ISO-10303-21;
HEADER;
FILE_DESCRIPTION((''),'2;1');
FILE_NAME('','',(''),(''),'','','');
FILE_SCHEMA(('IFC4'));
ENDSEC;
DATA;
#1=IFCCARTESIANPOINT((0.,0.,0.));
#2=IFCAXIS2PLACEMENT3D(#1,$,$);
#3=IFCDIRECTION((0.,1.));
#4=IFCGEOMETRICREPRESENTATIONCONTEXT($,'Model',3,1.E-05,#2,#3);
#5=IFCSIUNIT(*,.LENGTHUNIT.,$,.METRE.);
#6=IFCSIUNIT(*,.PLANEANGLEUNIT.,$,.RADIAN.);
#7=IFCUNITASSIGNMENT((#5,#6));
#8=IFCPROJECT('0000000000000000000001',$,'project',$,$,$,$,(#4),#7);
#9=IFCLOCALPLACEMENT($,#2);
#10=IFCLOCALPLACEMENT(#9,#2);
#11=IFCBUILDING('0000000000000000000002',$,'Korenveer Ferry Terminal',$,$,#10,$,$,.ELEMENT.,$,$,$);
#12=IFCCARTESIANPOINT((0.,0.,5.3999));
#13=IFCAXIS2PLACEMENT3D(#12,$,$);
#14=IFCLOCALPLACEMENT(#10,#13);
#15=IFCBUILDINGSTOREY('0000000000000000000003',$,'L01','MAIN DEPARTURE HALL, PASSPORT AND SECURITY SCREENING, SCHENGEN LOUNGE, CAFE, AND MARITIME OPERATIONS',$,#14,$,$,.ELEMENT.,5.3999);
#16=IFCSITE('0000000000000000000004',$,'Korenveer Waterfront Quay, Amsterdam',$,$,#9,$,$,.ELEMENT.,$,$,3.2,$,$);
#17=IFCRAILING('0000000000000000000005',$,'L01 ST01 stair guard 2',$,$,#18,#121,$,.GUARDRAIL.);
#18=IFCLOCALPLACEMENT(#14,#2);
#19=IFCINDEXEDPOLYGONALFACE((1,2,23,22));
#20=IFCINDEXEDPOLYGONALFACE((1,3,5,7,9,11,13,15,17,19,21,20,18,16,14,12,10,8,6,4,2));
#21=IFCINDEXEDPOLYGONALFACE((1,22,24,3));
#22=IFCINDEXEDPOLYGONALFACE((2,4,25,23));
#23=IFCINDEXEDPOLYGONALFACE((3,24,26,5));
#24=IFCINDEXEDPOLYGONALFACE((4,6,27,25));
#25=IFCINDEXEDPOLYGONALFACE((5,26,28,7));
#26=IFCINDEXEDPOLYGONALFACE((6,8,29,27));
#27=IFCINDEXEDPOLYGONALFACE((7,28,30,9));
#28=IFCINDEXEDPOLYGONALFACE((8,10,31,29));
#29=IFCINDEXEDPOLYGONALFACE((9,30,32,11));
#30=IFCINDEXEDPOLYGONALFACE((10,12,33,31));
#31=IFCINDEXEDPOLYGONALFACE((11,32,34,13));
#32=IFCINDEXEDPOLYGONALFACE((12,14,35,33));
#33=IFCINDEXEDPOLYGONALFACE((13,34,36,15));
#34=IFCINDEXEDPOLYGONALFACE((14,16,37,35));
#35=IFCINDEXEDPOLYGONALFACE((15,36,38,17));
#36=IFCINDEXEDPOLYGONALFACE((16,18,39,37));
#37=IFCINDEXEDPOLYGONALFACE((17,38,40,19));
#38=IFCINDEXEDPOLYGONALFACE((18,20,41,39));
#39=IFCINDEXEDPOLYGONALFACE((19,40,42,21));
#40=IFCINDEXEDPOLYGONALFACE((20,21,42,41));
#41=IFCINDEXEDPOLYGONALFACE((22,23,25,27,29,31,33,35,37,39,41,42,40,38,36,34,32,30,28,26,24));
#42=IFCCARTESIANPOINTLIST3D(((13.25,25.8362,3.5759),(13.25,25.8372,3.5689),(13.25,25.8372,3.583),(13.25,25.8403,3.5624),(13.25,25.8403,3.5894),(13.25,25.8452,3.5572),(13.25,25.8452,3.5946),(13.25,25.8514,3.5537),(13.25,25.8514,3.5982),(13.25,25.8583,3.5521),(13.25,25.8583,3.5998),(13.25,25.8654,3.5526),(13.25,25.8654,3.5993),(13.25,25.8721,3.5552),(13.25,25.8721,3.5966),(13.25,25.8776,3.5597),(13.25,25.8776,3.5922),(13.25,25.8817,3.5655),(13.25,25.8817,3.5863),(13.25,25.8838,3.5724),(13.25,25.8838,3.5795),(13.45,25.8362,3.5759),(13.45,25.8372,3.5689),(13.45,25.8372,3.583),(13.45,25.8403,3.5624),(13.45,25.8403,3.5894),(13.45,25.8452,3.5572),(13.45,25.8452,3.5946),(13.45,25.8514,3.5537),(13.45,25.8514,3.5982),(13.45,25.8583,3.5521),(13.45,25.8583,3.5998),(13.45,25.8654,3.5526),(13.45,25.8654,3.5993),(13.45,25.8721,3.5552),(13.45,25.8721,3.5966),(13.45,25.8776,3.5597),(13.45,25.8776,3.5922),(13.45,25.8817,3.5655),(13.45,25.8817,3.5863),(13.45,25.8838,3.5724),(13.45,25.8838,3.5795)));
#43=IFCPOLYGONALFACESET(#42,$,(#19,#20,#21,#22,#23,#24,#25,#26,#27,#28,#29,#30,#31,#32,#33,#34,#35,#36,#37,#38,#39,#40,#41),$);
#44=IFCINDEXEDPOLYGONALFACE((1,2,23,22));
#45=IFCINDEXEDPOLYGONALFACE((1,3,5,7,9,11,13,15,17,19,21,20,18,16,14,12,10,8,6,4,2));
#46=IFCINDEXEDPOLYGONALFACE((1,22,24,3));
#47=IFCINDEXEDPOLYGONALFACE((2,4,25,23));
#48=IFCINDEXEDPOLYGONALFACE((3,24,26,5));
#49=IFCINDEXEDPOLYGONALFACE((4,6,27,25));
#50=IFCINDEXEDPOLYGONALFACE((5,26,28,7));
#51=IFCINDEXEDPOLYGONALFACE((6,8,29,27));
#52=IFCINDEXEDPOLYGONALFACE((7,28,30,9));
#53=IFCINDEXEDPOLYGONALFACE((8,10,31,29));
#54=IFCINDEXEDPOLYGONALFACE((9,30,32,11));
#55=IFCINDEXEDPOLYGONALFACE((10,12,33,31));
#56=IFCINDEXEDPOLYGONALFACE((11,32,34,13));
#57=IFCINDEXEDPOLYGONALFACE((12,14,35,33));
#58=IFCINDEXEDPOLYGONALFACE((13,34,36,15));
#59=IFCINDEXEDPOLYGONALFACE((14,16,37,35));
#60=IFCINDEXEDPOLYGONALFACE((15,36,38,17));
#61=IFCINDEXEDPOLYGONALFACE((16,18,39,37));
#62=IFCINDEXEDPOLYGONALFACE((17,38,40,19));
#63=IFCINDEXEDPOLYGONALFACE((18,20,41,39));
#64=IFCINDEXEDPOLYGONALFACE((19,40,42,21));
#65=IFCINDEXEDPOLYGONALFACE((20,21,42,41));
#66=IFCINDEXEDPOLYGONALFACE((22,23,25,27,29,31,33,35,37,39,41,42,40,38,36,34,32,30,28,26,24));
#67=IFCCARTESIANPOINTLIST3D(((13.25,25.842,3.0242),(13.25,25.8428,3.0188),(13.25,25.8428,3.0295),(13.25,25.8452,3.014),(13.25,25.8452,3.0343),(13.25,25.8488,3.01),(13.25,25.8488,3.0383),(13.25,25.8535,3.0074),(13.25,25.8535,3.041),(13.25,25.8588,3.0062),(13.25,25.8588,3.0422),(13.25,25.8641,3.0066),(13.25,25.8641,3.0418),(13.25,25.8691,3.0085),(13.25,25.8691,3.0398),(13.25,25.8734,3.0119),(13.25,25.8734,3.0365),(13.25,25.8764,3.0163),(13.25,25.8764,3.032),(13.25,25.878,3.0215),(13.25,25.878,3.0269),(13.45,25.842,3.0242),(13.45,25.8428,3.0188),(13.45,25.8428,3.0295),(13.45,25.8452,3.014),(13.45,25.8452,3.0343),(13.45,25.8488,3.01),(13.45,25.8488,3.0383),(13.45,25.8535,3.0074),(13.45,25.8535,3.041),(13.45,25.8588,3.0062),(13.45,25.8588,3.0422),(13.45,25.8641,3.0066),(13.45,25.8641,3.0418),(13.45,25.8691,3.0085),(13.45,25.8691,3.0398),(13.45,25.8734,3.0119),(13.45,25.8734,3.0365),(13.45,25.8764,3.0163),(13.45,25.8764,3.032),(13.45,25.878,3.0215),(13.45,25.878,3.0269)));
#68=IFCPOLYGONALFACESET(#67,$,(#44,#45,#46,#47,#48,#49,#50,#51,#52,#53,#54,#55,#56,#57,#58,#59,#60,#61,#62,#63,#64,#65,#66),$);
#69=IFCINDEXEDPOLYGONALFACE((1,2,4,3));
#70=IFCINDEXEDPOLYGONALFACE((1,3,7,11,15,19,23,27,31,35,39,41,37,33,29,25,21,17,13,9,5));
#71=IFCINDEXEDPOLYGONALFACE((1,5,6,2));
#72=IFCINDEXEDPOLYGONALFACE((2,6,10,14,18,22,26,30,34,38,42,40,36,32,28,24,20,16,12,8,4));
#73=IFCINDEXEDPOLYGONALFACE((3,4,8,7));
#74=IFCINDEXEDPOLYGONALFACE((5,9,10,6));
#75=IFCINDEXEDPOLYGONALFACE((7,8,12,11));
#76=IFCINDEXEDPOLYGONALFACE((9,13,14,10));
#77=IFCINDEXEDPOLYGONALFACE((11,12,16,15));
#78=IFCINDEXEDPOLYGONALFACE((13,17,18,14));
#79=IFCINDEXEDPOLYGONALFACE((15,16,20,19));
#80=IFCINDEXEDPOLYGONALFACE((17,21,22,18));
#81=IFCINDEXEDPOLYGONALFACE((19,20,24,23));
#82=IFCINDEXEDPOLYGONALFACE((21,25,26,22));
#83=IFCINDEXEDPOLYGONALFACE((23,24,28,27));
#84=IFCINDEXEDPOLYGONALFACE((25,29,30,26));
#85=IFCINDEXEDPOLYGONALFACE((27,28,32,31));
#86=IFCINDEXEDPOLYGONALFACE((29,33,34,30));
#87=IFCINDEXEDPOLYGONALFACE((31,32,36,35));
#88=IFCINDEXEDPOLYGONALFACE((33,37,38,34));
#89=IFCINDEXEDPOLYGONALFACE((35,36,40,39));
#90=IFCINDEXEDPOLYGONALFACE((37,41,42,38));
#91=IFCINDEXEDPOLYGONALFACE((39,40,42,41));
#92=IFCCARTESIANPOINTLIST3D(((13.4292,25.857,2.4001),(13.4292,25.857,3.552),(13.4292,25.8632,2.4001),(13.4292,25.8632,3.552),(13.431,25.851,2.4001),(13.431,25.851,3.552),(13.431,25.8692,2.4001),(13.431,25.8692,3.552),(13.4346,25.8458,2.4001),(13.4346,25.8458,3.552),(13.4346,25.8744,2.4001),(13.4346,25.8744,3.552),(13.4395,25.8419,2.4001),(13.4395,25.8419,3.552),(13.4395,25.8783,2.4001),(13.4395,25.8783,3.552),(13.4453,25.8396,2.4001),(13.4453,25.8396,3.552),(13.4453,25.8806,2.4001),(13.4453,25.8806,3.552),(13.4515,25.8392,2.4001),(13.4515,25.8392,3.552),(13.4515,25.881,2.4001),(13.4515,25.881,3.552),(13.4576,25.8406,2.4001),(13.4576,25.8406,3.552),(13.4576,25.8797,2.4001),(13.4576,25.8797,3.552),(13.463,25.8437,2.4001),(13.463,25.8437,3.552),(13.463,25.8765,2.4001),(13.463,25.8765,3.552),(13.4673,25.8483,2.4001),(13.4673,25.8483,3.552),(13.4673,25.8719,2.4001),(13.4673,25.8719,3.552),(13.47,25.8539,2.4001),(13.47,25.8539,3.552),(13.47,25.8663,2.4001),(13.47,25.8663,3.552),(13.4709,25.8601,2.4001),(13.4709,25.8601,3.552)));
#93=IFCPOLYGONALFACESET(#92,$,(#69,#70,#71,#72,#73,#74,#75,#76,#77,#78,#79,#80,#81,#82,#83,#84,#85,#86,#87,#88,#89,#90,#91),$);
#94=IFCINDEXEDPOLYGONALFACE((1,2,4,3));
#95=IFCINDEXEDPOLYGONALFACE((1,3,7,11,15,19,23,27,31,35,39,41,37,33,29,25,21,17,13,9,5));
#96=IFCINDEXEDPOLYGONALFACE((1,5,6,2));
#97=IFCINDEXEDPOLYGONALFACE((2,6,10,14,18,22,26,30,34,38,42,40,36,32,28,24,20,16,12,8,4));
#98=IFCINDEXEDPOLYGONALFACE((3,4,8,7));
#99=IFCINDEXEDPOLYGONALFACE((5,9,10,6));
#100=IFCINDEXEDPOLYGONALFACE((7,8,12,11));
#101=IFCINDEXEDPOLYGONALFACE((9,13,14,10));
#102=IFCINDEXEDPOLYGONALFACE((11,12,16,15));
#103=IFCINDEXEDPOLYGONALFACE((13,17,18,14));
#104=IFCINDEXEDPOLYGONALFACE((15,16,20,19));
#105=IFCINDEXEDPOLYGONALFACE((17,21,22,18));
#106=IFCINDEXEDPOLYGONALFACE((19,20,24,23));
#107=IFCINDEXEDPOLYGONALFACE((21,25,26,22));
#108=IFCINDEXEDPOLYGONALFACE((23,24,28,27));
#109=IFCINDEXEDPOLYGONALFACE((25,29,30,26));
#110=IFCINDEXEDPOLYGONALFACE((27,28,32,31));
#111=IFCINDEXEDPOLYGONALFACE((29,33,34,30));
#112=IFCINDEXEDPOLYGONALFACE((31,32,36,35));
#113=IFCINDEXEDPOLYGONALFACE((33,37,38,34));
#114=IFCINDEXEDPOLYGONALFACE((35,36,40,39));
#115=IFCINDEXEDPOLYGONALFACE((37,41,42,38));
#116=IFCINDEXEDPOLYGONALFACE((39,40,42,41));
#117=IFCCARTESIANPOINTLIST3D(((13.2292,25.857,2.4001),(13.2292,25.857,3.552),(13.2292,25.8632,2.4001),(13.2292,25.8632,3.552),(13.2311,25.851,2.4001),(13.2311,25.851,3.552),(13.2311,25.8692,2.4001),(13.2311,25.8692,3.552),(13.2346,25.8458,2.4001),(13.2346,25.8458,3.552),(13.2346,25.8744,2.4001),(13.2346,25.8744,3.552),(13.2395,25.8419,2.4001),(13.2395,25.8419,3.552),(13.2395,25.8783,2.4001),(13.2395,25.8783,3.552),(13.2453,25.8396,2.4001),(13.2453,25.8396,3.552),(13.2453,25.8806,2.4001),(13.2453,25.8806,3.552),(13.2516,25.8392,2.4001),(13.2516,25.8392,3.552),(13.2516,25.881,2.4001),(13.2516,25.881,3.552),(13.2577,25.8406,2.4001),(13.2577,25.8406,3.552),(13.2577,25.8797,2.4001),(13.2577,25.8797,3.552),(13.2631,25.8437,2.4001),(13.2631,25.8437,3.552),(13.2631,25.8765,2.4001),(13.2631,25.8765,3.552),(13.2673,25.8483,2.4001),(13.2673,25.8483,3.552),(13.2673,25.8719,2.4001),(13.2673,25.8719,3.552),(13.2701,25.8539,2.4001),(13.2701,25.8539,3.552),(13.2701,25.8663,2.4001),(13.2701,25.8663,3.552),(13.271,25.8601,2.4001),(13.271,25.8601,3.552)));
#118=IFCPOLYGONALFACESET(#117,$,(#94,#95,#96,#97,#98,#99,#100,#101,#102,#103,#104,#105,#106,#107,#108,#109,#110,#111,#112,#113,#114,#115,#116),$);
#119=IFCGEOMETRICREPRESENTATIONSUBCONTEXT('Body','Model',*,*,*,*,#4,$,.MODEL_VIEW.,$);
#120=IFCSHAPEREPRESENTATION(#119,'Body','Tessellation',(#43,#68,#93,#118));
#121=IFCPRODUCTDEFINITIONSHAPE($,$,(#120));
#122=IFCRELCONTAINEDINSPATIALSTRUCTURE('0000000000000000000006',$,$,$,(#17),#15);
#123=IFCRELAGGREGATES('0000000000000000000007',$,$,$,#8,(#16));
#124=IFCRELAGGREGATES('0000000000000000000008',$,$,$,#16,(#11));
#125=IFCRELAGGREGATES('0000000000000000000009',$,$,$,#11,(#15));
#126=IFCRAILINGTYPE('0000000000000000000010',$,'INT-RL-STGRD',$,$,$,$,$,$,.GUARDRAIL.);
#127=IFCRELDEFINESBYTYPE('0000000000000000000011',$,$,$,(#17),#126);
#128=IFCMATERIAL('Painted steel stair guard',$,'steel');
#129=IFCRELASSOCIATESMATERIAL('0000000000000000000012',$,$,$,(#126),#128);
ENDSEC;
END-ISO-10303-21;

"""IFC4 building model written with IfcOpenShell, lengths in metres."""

from ifc_helpers import new_model, si_unit, direction, frame, origin, origin_2d, place, context, subcontext, project, spatial, circle, extrude, material, type_object, element, save


model = new_model("IFC4")

# Units and contexts
model_context = context("Model", 3, precision=1e-05, world=origin(), true_north=direction((0.0, 1.0)))
body_context = subcontext(model_context, "Body", "Model", "MODEL_VIEW")
ifc_project = project(units=[si_unit("LENGTHUNIT", "METRE"), si_unit("PLANEANGLEUNIT", "RADIAN")], contexts=[model_context])

# Site, building, storey
site_placement = place(None, origin())
site = spatial("IfcSite", under=ifc_project, at=site_placement, Name="Korenveer Waterfront Quay, Amsterdam", CompositionType="ELEMENT", RefElevation=3.2)
building_placement = place(site_placement, origin())
building = spatial("IfcBuilding", under=site, at=building_placement, Name="Korenveer Ferry Terminal", CompositionType="ELEMENT")
storey_placement = place(building_placement, frame((0.0, 0.0, 5.3999)))
storey = spatial("IfcBuildingStorey", under=building, at=storey_placement, Name="L01", Description="MAIN DEPARTURE HALL, PASSPORT AND SECURITY SCREENING, SCHENGEN LOUNGE, CAFE, AND MARITIME OPERATIONS", CompositionType="ELEMENT", Elevation=5.3999)

# Railing
ifc_material_1 = material(Name="Painted steel stair guard", Category="steel")
railing_type_1 = type_object("IfcRailingType", Name="INT-RL-STGRD", PredefinedType="GUARDRAIL", material=ifc_material_1)
railing_1_placement = place(storey_placement, frame((13.45, 25.8601, 2.4001)))
element("IfcRailing", 1, at=railing_1_placement, inside=storey, type_object=railing_type_1, Name="L01 ST01 stair guard 2", PredefinedType="GUARDRAIL", context=body_context, shape_type="SweptSolid", body=[
    extrude(circle(Radius=0.0239, at=origin_2d()), frame((0.0, 0.0, 1.1758), z_axis=(-1.0, 0.0, 0.0), x_axis=(0.0, -1.0, 0.0)), (0.0, 0.0, 1.0), 0.2),
    extrude(circle(Radius=0.0181, at=origin_2d()), frame((0.0, 0.0, 0.624), z_axis=(-1.0, 0.0, 0.0), x_axis=(0.0, -1.0, 0.0)), (0.0, 0.0, 1.0), 0.2),
    extrude(circle(Radius=0.021, at=origin_2d()), origin(), (0.0, 0.0, 1.0), 1.1519),
    extrude(circle(Radius=0.021, at=origin_2d()), frame((-0.2, 0.0, 0.0)), (0.0, 0.0, 1.0), 1.1519),
])

save(model, "model.ifc")
